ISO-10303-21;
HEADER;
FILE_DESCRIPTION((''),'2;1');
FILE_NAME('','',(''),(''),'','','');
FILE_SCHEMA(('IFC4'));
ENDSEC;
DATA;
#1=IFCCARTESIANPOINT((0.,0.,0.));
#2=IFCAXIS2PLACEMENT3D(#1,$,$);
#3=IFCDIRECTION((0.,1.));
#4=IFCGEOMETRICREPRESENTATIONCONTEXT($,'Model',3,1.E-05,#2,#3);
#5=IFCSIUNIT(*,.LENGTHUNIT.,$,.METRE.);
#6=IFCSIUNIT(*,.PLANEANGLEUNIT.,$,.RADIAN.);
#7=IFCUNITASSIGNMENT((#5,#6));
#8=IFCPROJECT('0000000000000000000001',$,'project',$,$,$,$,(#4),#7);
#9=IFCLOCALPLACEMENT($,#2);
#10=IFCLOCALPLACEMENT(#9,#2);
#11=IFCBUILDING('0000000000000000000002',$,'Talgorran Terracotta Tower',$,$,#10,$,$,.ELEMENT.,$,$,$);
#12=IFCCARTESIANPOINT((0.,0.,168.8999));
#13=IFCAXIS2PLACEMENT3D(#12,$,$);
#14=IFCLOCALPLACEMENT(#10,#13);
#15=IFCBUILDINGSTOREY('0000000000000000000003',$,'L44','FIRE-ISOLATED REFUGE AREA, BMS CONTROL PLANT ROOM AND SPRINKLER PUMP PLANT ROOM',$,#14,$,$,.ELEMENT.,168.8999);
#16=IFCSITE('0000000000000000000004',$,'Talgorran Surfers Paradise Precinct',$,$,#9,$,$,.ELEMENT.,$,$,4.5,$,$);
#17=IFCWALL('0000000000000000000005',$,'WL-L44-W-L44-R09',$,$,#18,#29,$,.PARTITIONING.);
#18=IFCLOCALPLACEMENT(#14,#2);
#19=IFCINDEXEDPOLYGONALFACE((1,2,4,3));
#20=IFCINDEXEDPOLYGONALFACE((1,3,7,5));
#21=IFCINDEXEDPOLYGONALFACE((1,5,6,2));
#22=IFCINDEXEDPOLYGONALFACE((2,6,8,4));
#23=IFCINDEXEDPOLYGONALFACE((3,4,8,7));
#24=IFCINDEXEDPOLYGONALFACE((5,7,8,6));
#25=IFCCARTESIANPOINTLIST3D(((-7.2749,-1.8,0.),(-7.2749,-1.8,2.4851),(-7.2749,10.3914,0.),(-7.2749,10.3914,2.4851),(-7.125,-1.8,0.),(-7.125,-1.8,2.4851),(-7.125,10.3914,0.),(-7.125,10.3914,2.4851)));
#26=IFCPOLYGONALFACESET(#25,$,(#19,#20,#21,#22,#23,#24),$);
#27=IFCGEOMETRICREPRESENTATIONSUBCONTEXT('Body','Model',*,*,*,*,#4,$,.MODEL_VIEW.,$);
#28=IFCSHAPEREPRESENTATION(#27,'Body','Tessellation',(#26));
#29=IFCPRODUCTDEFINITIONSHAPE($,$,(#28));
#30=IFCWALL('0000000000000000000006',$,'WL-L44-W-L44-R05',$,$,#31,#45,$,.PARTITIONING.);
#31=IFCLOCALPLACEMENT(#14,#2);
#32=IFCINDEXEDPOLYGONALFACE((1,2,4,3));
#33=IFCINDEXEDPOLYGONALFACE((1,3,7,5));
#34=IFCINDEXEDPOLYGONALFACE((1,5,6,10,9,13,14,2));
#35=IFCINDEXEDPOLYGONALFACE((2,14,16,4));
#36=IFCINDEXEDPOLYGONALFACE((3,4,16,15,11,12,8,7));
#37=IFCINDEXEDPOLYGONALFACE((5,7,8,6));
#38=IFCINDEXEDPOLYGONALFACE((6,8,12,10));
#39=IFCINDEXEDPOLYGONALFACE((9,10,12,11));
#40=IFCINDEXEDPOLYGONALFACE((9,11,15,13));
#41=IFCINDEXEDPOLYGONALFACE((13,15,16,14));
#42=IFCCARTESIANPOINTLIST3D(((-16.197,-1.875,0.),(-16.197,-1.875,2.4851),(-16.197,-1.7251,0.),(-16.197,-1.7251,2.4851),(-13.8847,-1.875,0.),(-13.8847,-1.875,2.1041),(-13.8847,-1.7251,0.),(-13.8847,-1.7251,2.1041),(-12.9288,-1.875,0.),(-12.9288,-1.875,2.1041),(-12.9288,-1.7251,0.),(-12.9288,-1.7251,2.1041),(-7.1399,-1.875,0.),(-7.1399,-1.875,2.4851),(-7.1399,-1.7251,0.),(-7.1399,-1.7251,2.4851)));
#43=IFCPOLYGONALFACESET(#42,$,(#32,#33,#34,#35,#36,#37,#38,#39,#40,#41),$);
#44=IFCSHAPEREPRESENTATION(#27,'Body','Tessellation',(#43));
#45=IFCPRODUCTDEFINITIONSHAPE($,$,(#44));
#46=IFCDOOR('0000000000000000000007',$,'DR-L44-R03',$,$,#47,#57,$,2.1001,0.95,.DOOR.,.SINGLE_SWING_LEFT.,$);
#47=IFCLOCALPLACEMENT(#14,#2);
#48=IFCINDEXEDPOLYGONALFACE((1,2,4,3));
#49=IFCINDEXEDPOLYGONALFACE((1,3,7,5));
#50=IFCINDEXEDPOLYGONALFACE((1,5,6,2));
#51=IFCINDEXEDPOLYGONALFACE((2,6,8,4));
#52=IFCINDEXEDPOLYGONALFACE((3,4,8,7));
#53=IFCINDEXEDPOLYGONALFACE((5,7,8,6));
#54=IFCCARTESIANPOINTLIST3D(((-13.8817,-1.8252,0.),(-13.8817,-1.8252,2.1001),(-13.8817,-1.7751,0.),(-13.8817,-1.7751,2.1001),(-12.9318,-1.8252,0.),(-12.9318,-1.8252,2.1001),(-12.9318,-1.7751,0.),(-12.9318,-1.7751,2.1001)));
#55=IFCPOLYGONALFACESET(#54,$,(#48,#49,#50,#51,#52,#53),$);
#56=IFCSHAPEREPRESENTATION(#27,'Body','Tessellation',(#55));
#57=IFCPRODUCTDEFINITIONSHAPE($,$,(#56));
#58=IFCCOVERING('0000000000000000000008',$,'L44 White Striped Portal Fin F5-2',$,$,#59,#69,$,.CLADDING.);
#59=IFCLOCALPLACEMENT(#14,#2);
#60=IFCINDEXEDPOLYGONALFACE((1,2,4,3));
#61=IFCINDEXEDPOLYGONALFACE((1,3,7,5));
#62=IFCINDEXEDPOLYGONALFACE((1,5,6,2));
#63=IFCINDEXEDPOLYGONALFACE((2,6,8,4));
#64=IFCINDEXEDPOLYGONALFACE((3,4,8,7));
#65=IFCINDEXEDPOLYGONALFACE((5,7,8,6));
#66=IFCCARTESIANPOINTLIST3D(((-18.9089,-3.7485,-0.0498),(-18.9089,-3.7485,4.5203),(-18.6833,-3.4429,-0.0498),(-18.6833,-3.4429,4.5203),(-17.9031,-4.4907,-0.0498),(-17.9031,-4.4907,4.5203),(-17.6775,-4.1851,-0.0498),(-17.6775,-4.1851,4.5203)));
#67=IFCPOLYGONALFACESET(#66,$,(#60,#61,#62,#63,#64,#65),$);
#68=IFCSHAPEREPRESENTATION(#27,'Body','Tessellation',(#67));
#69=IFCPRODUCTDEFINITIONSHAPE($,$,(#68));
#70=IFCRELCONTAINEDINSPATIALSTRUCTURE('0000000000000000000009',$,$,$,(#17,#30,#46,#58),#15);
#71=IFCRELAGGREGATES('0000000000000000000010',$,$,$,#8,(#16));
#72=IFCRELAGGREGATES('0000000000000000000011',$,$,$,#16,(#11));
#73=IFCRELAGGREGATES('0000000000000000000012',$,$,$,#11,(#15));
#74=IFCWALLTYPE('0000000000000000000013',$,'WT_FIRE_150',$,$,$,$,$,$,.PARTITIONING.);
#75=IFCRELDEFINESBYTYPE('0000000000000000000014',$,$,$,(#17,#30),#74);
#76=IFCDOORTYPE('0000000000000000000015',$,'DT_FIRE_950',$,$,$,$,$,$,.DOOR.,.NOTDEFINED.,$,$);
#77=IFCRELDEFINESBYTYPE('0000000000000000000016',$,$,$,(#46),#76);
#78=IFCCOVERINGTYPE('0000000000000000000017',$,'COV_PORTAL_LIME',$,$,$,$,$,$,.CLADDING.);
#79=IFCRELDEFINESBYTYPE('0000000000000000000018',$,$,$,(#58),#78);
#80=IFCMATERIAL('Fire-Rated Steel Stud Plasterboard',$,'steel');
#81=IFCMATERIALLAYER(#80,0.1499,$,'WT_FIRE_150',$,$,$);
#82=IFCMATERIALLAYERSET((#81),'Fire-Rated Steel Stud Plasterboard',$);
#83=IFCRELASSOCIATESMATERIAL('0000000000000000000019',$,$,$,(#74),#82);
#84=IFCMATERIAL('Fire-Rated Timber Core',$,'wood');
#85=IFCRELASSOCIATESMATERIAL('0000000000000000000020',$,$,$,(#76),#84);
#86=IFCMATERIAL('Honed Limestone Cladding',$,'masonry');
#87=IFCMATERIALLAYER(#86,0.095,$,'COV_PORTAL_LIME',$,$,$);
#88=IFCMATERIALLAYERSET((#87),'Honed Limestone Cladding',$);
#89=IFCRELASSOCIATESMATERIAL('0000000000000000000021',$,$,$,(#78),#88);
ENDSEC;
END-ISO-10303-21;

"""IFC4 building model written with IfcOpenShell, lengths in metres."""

from ifc_helpers import new_model, si_unit, direction, frame, frame_2d, origin, origin_2d, place, context, subcontext, project, spatial, rectangle, extrude, material, layer, layer_set, type_object, element, fill, save


model = new_model("IFC4")

# Units and contexts
model_context = context("Model", 3, precision=1e-05, world=origin(), true_north=direction((0.0, 1.0)))
body_context = subcontext(model_context, "Body", "Model", "MODEL_VIEW")
ifc_project = project(units=[si_unit("LENGTHUNIT", "METRE"), si_unit("PLANEANGLEUNIT", "RADIAN")], contexts=[model_context])

# Site, building, storey
site_placement = place(None, origin())
site = spatial("IfcSite", under=ifc_project, at=site_placement, Name="Talgorran Surfers Paradise Precinct", CompositionType="ELEMENT", RefElevation=4.5)
building_placement = place(site_placement, origin())
building = spatial("IfcBuilding", under=site, at=building_placement, Name="Talgorran Terracotta Tower", CompositionType="ELEMENT")
storey_placement = place(building_placement, frame((0.0, 0.0, 168.8999)))
storey = spatial("IfcBuildingStorey", under=building, at=storey_placement, Name="L44", Description="FIRE-ISOLATED REFUGE AREA, BMS CONTROL PLANT ROOM AND SPRINKLER PUMP PLANT ROOM", CompositionType="ELEMENT", Elevation=168.8999)

# Wall
ifc_material_1 = material(Name="Fire-Rated Steel Stud Plasterboard", Category="steel")
ifc_layer_1 = layer(ifc_material_1, 0.1499, Name="WT_FIRE_150")
ifc_layer_set_1 = layer_set([ifc_layer_1], Name="Fire-Rated Steel Stud Plasterboard")
wall_type = type_object("IfcWallType", Name="WT_FIRE_150", PredefinedType="PARTITIONING", material=ifc_layer_set_1)
wall_1_placement = place(storey_placement, frame((-7.2, -1.8, 0.0), z_axis=(0.0, 0.0, 1.0), x_axis=(0.0, 1.0, 0.0)))
element("IfcWall", 1, at=wall_1_placement, inside=storey, type_object=wall_type, Name="WL-L44-W-L44-R09", PredefinedType="PARTITIONING", context=body_context, shape_type="SweptSolid", body=[
    extrude(rectangle(XDim=12.1914, YDim=0.1499, at=frame_2d((6.0957, 0.0))), origin(), (0.0, 0.0, 1.0), 2.4851),
])

# Wall, opening, door
wall_2_placement = place(storey_placement, frame((-16.197, -1.8, 0.0), z_axis=(0.0, 0.0, 1.0), x_axis=(1.0, 0.0, 0.0)))
wall_2 = element("IfcWall", 2, at=wall_2_placement, inside=storey, type_object=wall_type, Name="WL-L44-W-L44-R05", PredefinedType="PARTITIONING", context=body_context, shape_type="SweptSolid", body=[
    extrude(rectangle(XDim=9.0571, YDim=0.1499, at=frame_2d((4.5286, 0.0))), origin(), (0.0, 0.0, 1.0), 2.4851),
])
opening_placement = place(wall_2_placement, frame((2.3152, 0.0, 0.0)))
opening = element("IfcOpeningElement", 3, at=opening_placement, cuts=wall_2, PredefinedType="OPENING", context=body_context, shape_type="SweptSolid", body=[
    extrude(rectangle(XDim=0.956, YDim=2.1041, at=frame_2d((0.4751, 1.052))), frame((0.0, 0.085, 0.0), z_axis=(0.0, -1.0, 0.0), x_axis=(1.0, 0.0, 0.0)), (0.0, 0.0, 1.0), 0.1699),
])
ifc_material_2 = material(Name="Fire-Rated Timber Core", Category="wood")
door_type = type_object("IfcDoorType", Name="DT_FIRE_950", OperationType="NOTDEFINED", PredefinedType="DOOR", material=ifc_material_2)
door_placement = place(opening_placement, origin())
door = element("IfcDoor", 4, at=door_placement, inside=storey, type_object=door_type, Name="DR-L44-R03", OperationType="SINGLE_SWING_LEFT", OverallHeight=2.1001, OverallWidth=0.95, PredefinedType="DOOR", context=body_context, shape_type="SweptSolid", body=[
    extrude(rectangle(XDim=0.95, YDim=2.1001, at=frame_2d((0.4751, 1.05))), frame((0.0, 0.0249, 0.0), z_axis=(0.0, -1.0, 0.0), x_axis=(1.0, 0.0, 0.0)), (0.0, 0.0, 1.0), 0.05),
])
fill(opening, door)

# Covering
ifc_material_3 = material(Name="Honed Limestone Cladding", Category="masonry")
ifc_layer_2 = layer(ifc_material_3, 0.095, Name="COV_PORTAL_LIME")
ifc_layer_set_2 = layer_set([ifc_layer_2], Name="Honed Limestone Cladding")
covering_type = type_object("IfcCoveringType", Name="COV_PORTAL_LIME", PredefinedType="CLADDING", material=ifc_layer_set_2)
covering_placement = place(storey_placement, frame((-18.2932, -3.9668, -0.0498), z_axis=(0.0, 0.0, 1.0), x_axis=(-0.593784, -0.804624, 0.0)))
element("IfcCovering", 5, at=covering_placement, inside=storey, type_object=covering_type, Name="L44 White Striped Portal Fin F5-2", PredefinedType="CLADDING", context=body_context, shape_type="SweptSolid", body=[
    extrude(rectangle(XDim=0.3799, YDim=1.25, at=origin_2d()), origin(), (0.0, 0.0, 1.0), 4.5701),
])

save(model, "model.ifc")
